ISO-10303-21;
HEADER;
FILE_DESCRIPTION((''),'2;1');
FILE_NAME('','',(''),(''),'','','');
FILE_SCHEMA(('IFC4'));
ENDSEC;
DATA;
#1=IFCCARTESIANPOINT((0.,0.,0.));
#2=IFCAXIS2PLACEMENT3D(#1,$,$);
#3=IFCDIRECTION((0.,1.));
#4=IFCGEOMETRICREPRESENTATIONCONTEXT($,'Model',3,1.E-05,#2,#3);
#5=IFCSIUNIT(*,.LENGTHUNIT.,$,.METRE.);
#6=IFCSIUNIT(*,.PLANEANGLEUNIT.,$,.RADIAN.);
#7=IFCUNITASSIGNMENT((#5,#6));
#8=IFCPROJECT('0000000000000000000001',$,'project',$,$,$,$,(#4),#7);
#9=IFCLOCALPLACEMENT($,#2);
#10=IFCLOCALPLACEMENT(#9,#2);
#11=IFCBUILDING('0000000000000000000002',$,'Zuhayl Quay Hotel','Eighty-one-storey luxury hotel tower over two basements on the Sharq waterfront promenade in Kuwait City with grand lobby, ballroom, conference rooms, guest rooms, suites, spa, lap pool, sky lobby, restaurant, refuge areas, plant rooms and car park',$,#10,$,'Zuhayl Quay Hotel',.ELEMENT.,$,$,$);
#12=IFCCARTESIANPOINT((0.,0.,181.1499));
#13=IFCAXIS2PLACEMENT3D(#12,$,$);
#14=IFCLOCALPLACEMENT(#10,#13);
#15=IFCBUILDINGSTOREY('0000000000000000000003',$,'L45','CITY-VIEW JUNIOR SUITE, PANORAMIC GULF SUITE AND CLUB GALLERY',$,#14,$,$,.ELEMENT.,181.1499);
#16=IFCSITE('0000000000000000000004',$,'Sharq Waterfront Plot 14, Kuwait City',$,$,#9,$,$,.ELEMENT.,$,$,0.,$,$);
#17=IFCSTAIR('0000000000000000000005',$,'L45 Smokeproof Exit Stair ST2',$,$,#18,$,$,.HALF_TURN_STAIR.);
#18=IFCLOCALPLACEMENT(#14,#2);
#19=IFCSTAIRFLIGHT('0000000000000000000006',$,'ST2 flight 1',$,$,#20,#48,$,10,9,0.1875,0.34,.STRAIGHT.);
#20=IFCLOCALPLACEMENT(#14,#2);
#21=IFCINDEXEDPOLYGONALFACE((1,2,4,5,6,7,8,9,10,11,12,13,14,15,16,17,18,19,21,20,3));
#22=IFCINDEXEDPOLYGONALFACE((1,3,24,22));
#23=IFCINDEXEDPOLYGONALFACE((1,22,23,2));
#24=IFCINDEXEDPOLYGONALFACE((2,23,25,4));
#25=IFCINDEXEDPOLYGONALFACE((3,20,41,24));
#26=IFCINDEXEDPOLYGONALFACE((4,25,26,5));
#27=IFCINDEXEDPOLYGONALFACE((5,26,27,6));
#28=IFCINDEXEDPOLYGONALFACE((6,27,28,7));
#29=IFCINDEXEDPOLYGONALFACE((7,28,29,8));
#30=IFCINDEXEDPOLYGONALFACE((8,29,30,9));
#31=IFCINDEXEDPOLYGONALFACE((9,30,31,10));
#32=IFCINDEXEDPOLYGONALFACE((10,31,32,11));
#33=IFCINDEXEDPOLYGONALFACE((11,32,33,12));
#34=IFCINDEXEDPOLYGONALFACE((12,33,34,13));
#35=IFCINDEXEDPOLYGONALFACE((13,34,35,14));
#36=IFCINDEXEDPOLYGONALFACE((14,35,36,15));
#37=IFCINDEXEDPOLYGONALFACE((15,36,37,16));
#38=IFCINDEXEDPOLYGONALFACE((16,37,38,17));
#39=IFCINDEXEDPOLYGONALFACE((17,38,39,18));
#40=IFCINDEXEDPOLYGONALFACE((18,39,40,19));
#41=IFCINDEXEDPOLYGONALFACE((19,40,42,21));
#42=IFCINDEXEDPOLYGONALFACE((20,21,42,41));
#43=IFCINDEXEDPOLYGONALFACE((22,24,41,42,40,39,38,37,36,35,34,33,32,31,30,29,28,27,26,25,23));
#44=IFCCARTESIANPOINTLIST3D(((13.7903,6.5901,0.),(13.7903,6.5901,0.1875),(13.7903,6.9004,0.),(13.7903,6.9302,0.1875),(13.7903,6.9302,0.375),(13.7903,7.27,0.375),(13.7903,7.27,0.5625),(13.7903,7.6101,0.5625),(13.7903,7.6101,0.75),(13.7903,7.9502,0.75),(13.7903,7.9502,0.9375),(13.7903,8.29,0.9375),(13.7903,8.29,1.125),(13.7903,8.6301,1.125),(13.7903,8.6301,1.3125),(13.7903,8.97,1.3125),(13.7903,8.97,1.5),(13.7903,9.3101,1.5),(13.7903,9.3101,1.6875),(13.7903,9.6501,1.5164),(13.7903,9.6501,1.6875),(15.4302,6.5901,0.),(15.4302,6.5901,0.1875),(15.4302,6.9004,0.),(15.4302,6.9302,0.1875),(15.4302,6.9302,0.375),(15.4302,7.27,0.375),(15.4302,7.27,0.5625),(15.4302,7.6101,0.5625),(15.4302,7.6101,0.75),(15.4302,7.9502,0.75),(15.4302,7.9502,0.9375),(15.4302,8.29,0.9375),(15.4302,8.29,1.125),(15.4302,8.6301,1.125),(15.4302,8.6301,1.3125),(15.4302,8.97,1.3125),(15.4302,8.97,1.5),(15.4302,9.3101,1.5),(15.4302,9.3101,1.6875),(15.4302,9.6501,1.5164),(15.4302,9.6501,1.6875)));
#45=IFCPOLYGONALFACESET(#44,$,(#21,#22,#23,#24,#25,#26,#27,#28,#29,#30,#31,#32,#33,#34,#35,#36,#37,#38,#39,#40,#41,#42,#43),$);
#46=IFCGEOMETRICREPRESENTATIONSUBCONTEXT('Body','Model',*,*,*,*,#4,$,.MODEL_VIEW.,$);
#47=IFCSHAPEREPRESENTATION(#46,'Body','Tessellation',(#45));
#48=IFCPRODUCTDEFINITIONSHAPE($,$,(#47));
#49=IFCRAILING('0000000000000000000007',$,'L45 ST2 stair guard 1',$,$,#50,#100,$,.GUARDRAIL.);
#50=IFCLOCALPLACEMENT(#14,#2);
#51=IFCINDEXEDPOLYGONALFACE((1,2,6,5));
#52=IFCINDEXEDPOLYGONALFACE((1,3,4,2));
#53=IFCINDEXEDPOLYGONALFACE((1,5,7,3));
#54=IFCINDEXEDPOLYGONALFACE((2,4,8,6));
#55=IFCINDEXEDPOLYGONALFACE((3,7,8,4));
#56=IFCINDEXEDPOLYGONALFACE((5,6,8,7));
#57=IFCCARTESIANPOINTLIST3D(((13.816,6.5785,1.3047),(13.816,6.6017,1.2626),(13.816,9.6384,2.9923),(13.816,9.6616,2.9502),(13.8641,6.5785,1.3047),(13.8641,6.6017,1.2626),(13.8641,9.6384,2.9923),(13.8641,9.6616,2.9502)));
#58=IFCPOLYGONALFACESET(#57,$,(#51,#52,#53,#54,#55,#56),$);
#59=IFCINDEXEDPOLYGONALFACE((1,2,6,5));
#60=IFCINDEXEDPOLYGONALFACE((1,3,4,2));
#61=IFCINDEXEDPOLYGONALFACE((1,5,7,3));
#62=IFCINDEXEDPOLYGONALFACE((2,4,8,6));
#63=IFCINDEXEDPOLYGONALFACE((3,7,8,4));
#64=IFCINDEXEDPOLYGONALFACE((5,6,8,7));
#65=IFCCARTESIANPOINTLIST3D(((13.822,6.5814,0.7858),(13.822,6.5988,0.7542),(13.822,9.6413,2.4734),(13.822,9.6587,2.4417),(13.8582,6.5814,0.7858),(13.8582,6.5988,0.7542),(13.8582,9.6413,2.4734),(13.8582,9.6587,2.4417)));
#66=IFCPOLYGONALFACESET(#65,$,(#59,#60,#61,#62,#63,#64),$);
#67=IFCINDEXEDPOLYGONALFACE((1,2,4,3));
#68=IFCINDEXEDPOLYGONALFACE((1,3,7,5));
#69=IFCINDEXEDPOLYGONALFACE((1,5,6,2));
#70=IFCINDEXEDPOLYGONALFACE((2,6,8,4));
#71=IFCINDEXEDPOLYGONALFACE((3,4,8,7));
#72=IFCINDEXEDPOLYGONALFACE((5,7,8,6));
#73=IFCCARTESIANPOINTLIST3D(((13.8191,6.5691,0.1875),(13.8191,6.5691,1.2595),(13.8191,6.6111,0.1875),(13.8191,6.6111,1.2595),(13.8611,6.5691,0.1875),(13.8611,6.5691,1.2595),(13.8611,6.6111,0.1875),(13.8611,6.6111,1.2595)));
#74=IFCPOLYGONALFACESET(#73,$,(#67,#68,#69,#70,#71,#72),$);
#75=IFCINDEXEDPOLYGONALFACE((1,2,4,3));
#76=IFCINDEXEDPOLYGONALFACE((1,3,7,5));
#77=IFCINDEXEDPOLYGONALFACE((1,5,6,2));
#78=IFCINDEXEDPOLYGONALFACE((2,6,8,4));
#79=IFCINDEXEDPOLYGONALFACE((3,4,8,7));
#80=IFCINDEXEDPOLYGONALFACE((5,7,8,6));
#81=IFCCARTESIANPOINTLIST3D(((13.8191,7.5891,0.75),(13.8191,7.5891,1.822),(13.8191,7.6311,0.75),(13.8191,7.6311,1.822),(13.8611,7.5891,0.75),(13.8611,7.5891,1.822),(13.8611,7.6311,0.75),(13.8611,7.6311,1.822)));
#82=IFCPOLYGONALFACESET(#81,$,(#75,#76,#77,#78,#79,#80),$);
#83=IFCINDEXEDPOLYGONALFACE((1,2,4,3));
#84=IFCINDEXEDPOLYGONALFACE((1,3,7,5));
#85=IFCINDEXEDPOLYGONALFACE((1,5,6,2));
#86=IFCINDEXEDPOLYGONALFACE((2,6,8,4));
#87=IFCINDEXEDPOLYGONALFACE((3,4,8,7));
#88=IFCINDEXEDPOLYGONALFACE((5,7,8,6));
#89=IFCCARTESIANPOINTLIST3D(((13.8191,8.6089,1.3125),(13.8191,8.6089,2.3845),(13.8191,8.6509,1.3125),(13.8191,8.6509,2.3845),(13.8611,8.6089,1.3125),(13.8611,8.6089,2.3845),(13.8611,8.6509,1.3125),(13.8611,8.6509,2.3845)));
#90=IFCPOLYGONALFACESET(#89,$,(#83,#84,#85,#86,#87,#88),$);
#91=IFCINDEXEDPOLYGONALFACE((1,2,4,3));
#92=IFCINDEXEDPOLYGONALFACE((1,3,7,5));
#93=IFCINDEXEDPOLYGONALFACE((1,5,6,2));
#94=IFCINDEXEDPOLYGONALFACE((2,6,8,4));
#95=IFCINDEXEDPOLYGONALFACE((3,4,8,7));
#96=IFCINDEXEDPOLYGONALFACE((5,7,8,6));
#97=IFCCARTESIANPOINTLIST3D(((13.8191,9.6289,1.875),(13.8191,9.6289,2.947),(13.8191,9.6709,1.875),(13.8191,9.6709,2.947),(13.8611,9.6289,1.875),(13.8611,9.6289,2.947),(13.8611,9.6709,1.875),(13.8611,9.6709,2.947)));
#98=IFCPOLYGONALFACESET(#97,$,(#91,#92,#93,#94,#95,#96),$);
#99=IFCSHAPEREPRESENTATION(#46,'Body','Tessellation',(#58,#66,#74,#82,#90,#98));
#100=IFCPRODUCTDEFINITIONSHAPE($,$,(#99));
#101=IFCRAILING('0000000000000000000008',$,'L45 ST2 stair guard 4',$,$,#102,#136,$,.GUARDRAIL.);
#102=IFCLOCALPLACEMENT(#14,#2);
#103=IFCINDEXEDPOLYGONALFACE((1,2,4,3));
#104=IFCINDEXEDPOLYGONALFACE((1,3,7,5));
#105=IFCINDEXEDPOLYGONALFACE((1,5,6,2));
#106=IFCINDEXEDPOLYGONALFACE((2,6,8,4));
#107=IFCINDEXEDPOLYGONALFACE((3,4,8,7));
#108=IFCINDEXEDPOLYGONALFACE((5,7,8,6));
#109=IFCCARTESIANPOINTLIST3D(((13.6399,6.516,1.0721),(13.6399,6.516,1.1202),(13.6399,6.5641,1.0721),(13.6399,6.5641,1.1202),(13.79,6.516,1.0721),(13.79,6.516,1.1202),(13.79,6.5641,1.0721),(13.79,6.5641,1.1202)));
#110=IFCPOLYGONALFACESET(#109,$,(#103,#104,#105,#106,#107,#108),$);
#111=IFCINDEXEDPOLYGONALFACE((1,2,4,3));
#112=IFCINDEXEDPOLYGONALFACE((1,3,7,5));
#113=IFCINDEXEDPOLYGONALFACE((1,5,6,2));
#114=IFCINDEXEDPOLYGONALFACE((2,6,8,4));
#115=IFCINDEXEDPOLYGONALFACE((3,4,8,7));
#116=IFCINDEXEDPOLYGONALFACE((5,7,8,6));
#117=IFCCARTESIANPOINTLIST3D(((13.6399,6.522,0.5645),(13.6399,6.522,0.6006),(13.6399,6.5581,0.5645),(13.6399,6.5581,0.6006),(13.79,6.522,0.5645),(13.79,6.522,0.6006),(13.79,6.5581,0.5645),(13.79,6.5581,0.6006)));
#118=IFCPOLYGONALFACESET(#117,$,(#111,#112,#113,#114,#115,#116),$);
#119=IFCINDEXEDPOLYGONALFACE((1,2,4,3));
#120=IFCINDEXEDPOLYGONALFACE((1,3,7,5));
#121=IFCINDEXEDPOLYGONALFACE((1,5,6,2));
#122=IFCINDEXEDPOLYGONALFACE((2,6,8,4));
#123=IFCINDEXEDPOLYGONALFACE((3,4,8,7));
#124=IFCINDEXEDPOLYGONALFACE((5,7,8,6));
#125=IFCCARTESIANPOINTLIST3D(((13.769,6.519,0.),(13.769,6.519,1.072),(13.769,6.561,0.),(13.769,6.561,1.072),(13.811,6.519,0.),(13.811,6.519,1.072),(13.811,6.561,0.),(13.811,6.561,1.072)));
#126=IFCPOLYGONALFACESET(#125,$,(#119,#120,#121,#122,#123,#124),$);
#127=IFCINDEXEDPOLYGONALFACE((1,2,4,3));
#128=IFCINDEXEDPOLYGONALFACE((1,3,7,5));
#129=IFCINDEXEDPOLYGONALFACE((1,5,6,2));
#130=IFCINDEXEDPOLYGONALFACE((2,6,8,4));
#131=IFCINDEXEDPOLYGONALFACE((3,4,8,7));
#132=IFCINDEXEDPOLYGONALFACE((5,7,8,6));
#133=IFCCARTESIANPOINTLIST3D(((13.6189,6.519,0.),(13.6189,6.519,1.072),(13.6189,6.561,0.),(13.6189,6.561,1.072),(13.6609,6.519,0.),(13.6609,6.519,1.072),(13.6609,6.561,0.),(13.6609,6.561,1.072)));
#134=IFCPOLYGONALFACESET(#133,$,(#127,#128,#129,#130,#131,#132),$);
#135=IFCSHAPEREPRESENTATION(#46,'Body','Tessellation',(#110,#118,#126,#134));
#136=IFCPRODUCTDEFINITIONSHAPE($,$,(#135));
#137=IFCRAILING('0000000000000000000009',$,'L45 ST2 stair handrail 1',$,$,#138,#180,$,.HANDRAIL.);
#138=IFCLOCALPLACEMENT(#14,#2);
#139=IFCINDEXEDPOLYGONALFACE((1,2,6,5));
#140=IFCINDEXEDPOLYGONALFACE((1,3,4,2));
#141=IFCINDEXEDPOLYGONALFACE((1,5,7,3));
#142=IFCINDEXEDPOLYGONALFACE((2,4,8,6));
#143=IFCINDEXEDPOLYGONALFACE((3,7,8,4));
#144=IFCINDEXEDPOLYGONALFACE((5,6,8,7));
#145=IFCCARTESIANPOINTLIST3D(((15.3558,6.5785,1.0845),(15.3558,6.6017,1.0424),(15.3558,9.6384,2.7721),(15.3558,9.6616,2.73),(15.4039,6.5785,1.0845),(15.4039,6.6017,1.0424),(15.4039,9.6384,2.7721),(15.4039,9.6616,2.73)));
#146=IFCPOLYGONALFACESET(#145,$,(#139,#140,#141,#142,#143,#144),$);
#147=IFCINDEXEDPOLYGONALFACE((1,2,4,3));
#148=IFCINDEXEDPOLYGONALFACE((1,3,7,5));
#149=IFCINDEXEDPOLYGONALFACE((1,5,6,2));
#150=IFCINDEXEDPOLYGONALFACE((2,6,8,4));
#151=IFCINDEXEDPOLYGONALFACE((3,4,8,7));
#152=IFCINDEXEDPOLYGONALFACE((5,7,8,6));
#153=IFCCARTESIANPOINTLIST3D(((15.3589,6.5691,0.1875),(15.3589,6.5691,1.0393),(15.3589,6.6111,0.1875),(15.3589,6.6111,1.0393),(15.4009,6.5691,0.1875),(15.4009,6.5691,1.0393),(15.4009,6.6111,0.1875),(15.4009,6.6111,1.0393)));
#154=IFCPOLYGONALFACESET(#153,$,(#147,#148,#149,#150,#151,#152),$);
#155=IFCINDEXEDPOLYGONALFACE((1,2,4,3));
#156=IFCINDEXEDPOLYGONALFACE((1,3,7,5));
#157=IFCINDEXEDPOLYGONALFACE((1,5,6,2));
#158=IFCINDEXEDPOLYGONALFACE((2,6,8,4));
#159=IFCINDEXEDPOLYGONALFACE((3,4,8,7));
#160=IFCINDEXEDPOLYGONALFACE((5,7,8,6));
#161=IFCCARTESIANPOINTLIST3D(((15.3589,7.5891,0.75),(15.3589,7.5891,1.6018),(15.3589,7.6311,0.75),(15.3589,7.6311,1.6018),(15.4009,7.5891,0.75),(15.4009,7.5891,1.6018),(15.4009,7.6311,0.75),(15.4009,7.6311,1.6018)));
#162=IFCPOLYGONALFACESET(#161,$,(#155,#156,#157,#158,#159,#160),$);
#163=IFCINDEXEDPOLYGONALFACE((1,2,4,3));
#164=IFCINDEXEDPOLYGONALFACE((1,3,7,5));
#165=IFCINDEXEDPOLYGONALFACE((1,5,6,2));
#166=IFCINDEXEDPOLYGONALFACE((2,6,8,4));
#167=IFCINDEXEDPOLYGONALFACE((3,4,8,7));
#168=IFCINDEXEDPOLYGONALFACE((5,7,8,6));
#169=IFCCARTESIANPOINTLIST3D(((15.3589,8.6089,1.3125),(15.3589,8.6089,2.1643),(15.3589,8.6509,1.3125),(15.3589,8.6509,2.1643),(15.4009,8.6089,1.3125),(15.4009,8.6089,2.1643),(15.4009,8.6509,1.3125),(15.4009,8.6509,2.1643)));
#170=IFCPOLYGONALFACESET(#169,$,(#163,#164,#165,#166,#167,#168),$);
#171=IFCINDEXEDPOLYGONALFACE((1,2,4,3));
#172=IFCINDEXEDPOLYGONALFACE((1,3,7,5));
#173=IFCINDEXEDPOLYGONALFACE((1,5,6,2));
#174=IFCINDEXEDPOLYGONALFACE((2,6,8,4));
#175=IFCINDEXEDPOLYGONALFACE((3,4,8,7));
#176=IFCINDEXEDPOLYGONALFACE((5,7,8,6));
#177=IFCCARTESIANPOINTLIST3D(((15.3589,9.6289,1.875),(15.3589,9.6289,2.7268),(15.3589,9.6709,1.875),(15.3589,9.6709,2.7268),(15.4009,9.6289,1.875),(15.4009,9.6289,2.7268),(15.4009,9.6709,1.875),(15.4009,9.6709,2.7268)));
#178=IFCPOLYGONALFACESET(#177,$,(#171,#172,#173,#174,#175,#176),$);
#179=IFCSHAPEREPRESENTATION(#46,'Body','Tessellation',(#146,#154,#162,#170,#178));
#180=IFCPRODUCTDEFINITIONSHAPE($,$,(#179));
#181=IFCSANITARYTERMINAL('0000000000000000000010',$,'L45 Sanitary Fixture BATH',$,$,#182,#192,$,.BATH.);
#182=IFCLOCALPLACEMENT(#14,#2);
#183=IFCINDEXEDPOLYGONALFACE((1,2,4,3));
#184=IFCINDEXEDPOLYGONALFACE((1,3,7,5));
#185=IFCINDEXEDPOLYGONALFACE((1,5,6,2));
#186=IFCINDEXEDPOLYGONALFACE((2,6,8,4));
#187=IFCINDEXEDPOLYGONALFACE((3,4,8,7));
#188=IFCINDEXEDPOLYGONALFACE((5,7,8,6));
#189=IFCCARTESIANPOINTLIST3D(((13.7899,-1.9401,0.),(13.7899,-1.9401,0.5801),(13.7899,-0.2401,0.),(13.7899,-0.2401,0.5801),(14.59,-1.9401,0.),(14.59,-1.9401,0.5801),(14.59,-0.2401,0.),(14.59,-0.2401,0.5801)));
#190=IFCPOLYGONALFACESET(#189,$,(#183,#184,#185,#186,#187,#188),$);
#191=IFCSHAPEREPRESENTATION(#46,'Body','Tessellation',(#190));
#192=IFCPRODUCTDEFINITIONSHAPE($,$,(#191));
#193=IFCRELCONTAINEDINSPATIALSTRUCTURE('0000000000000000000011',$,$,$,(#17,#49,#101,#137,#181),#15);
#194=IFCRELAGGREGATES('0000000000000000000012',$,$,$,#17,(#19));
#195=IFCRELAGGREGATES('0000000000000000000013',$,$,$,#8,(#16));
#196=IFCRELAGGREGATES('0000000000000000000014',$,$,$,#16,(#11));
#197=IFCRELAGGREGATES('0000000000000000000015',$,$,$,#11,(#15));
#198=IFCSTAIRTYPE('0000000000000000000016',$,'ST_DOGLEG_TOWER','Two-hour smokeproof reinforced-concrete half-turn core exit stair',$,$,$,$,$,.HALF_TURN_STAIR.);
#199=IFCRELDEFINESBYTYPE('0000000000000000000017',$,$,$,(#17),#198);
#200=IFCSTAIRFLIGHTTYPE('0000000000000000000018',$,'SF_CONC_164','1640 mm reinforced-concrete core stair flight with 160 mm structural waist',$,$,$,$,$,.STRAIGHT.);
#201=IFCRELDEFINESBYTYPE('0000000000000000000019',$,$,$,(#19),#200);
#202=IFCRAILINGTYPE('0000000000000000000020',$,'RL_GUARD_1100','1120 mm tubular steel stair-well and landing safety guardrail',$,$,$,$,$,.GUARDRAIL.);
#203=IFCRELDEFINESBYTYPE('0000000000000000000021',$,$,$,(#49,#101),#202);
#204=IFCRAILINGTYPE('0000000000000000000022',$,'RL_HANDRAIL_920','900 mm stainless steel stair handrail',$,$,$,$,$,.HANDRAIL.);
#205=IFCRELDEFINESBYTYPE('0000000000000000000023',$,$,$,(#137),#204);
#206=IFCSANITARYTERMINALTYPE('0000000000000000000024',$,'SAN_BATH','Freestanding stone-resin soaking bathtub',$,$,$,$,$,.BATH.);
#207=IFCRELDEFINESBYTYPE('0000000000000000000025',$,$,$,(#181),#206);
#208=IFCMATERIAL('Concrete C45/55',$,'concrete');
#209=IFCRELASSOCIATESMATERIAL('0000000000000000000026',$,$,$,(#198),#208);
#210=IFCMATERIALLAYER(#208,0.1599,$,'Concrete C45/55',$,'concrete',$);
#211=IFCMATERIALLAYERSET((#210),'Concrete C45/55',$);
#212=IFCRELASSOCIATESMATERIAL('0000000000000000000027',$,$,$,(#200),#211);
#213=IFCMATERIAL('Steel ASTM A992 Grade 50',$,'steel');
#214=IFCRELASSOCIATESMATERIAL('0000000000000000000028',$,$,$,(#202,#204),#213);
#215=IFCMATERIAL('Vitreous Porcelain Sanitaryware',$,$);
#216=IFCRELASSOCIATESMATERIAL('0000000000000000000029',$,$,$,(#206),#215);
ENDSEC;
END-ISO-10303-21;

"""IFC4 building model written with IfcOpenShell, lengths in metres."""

from ifc_helpers import new_model, si_unit, direction, frame, origin, origin_2d, place, context, subcontext, project, spatial, polyline, rectangle, outline, extrude, material, layer, layer_set, type_object, element, aggregate, save


model = new_model("IFC4")

# Units and contexts
model_context = context("Model", 3, precision=1e-05, world=origin(), true_north=direction((0.0, 1.0)))
body_context = subcontext(model_context, "Body", "Model", "MODEL_VIEW")
ifc_project = project(units=[si_unit("LENGTHUNIT", "METRE"), si_unit("PLANEANGLEUNIT", "RADIAN")], contexts=[model_context])

# Site, building, storey
site_placement = place(None, origin())
site = spatial("IfcSite", under=ifc_project, at=site_placement, Name="Sharq Waterfront Plot 14, Kuwait City", CompositionType="ELEMENT", RefElevation=0.0)
building_placement = place(site_placement, origin())
building = spatial("IfcBuilding", under=site, at=building_placement, Name="Zuhayl Quay Hotel", Description="Eighty-one-storey luxury hotel tower over two basements on the Sharq waterfront promenade in Kuwait City with grand lobby, ballroom, conference rooms, guest rooms, suites, spa, lap pool, sky lobby, restaurant, refuge areas, plant rooms and car park", LongName="Zuhayl Quay Hotel", CompositionType="ELEMENT")
storey_placement = place(building_placement, frame((0.0, 0.0, 181.1499)))
storey = spatial("IfcBuildingStorey", under=building, at=storey_placement, Name="L45", Description="CITY-VIEW JUNIOR SUITE, PANORAMIC GULF SUITE AND CLUB GALLERY", CompositionType="ELEMENT", Elevation=181.1499)

# Stair, stair flight
ifc_material_1 = material(Name="Concrete C45/55", Category="concrete")
stair_type = type_object("IfcStairType", Name="ST_DOGLEG_TOWER", Description="Two-hour smokeproof reinforced-concrete half-turn core exit stair", PredefinedType="HALF_TURN_STAIR", material=ifc_material_1)
stair_placement = place(storey_placement, origin())
stair = element("IfcStair", 1, at=stair_placement, inside=storey, type_object=stair_type, Name="L45 Smokeproof Exit Stair ST2", PredefinedType="HALF_TURN_STAIR")
ifc_layer_1 = layer(ifc_material_1, 0.1599, Name="Concrete C45/55", Category="concrete")
ifc_layer_set_1 = layer_set([ifc_layer_1], Name="Concrete C45/55")
stair_flight_type = type_object("IfcStairFlightType", Name="SF_CONC_164", Description="1640 mm reinforced-concrete core stair flight with 160 mm structural waist", PredefinedType="STRAIGHT", material=ifc_layer_set_1)
stair_flight_placement = place(storey_placement, frame((14.6101, 6.5901, 0.0), z_axis=(0.0, 0.0, 1.0), x_axis=(0.0, 1.0, 0.0)))
stair_flight = element("IfcStairFlight", 2, at=stair_flight_placement, type_object=stair_flight_type, Name="ST2 flight 1", NumberOfRisers=10, NumberOfTreads=9, PredefinedType="STRAIGHT", RiserHeight=0.1875, TreadLength=0.34, context=body_context, shape_type="SweptSolid", body=[
    extrude(outline(polyline([(0.0, 0.0), (0.0, 0.1875), (0.3401, 0.1875), (0.3401, 0.375), (0.6799, 0.375), (0.6799, 0.5625), (1.02, 0.5625), (1.02, 0.75), (1.3601, 0.75), (1.3601, 0.9375), (1.7, 0.9375), (1.7, 1.125), (2.04, 1.125), (2.04, 1.3125), (2.3799, 1.3125), (2.3799, 1.5), (2.72, 1.5), (2.72, 1.6875), (3.0601, 1.6875), (3.0601, 1.875), (3.0601, 1.5164), (0.3103, 0.0), (0.0, 0.0)])), frame((0.0, 0.8198, 0.0), z_axis=(0.0, -1.0, 0.0), x_axis=(1.0, 0.0, 0.0)), (0.0, 0.0, 1.0), 1.6399),
])
aggregate(stair, [stair_flight])

# Railings
ifc_material_2 = material(Name="Steel ASTM A992 Grade 50", Category="steel")
railing_type_1 = type_object("IfcRailingType", Name="RL_GUARD_1100", Description="1120 mm tubular steel stair-well and landing safety guardrail", PredefinedType="GUARDRAIL", material=ifc_material_2)
railing_1_placement = place(storey_placement, frame((13.8401, 6.5901, 0.1875)))
element("IfcRailing", 3, at=railing_1_placement, inside=storey, type_object=railing_type_1, Name="L45 ST2 stair guard 1", PredefinedType="GUARDRAIL", context=body_context, shape_type="SweptSolid", body=[
    extrude(rectangle(XDim=0.0481, YDim=0.0481, at=origin_2d()), frame((0.0, 0.0, 1.0962), z_axis=(0.0, 0.875659, 0.48293), x_axis=(-1.0, 0.0, 0.0)), (0.0, 0.0, 1.0), 3.4944),
    extrude(rectangle(XDim=0.0361, YDim=0.0361, at=origin_2d()), frame((0.0, 0.0, 0.5825), z_axis=(0.0, 0.875659, 0.48293), x_axis=(-1.0, 0.0, 0.0)), (0.0, 0.0, 1.0), 3.4944),
    extrude(rectangle(XDim=0.042, YDim=0.042, at=origin_2d()), origin(), (0.0, 0.0, 1.0), 1.072),
    extrude(rectangle(XDim=0.042, YDim=0.042, at=origin_2d()), frame((0.0, 1.02, 0.5625)), (0.0, 0.0, 1.0), 1.072),
    extrude(rectangle(XDim=0.042, YDim=0.042, at=origin_2d()), frame((0.0, 2.0398, 1.125)), (0.0, 0.0, 1.0), 1.072),
    extrude(rectangle(XDim=0.042, YDim=0.042, at=origin_2d()), frame((0.0, 3.0598, 1.6875)), (0.0, 0.0, 1.0), 1.072),
])
railing_2_placement = place(storey_placement, frame((13.79, 6.54, 0.0)))
element("IfcRailing", 4, at=railing_2_placement, inside=storey, type_object=railing_type_1, Name="L45 ST2 stair guard 4", PredefinedType="GUARDRAIL", context=body_context, shape_type="SweptSolid", body=[
    extrude(rectangle(XDim=0.0481, YDim=0.0481, at=origin_2d()), frame((0.0, 0.0, 1.0962), z_axis=(-1.0, 0.0, 0.0), x_axis=(0.0, -1.0, 0.0)), (0.0, 0.0, 1.0), 0.1501),
    extrude(rectangle(XDim=0.0361, YDim=0.0361, at=origin_2d()), frame((0.0, 0.0, 0.5825), z_axis=(-1.0, 0.0, 0.0), x_axis=(0.0, -1.0, 0.0)), (0.0, 0.0, 1.0), 0.1501),
    extrude(rectangle(XDim=0.042, YDim=0.042, at=origin_2d()), origin(), (0.0, 0.0, 1.0), 1.072),
    extrude(rectangle(XDim=0.042, YDim=0.042, at=origin_2d()), frame((-0.1501, 0.0, 0.0)), (0.0, 0.0, 1.0), 1.072),
])
railing_type_2 = type_object("IfcRailingType", Name="RL_HANDRAIL_920", Description="900 mm stainless steel stair handrail", PredefinedType="HANDRAIL", material=ifc_material_2)
railing_3_placement = place(storey_placement, frame((15.3799, 6.5901, 0.1875)))
element("IfcRailing", 5, at=railing_3_placement, inside=storey, type_object=railing_type_2, Name="L45 ST2 stair handrail 1", PredefinedType="HANDRAIL", context=body_context, shape_type="SweptSolid", body=[
    extrude(rectangle(XDim=0.0481, YDim=0.0481, at=origin_2d()), frame((0.0, 0.0, 0.876), z_axis=(0.0, 0.875659, 0.48293), x_axis=(-1.0, 0.0, 0.0)), (0.0, 0.0, 1.0), 3.4944),
    extrude(rectangle(XDim=0.042, YDim=0.042, at=origin_2d()), origin(), (0.0, 0.0, 1.0), 0.8518),
    extrude(rectangle(XDim=0.042, YDim=0.042, at=origin_2d()), frame((0.0, 1.02, 0.5625)), (0.0, 0.0, 1.0), 0.8518),
    extrude(rectangle(XDim=0.042, YDim=0.042, at=origin_2d()), frame((0.0, 2.0398, 1.125)), (0.0, 0.0, 1.0), 0.8518),
    extrude(rectangle(XDim=0.042, YDim=0.042, at=origin_2d()), frame((0.0, 3.0598, 1.6875)), (0.0, 0.0, 1.0), 0.8518),
])

# Sanitary terminal
ifc_material_3 = material(Name="Vitreous Porcelain Sanitaryware")
sanitary_terminal_type = type_object("IfcSanitaryTerminalType", Name="SAN_BATH", Description="Freestanding stone-resin soaking bathtub", PredefinedType="BATH", material=ifc_material_3)
sanitary_terminal_placement = place(storey_placement, frame((14.1899, -1.0901, 0.0), z_axis=(0.0, 0.0, 1.0), x_axis=(1.0, 0.0, 0.0)))
element("IfcSanitaryTerminal", 6, at=sanitary_terminal_placement, inside=storey, type_object=sanitary_terminal_type, Name="L45 Sanitary Fixture BATH", PredefinedType="BATH", context=body_context, shape_type="SweptSolid", body=[
    extrude(rectangle(XDim=0.8, YDim=1.7, at=origin_2d()), origin(), (0.0, 0.0, 1.0), 0.5801),
])

save(model, "model.ifc")
